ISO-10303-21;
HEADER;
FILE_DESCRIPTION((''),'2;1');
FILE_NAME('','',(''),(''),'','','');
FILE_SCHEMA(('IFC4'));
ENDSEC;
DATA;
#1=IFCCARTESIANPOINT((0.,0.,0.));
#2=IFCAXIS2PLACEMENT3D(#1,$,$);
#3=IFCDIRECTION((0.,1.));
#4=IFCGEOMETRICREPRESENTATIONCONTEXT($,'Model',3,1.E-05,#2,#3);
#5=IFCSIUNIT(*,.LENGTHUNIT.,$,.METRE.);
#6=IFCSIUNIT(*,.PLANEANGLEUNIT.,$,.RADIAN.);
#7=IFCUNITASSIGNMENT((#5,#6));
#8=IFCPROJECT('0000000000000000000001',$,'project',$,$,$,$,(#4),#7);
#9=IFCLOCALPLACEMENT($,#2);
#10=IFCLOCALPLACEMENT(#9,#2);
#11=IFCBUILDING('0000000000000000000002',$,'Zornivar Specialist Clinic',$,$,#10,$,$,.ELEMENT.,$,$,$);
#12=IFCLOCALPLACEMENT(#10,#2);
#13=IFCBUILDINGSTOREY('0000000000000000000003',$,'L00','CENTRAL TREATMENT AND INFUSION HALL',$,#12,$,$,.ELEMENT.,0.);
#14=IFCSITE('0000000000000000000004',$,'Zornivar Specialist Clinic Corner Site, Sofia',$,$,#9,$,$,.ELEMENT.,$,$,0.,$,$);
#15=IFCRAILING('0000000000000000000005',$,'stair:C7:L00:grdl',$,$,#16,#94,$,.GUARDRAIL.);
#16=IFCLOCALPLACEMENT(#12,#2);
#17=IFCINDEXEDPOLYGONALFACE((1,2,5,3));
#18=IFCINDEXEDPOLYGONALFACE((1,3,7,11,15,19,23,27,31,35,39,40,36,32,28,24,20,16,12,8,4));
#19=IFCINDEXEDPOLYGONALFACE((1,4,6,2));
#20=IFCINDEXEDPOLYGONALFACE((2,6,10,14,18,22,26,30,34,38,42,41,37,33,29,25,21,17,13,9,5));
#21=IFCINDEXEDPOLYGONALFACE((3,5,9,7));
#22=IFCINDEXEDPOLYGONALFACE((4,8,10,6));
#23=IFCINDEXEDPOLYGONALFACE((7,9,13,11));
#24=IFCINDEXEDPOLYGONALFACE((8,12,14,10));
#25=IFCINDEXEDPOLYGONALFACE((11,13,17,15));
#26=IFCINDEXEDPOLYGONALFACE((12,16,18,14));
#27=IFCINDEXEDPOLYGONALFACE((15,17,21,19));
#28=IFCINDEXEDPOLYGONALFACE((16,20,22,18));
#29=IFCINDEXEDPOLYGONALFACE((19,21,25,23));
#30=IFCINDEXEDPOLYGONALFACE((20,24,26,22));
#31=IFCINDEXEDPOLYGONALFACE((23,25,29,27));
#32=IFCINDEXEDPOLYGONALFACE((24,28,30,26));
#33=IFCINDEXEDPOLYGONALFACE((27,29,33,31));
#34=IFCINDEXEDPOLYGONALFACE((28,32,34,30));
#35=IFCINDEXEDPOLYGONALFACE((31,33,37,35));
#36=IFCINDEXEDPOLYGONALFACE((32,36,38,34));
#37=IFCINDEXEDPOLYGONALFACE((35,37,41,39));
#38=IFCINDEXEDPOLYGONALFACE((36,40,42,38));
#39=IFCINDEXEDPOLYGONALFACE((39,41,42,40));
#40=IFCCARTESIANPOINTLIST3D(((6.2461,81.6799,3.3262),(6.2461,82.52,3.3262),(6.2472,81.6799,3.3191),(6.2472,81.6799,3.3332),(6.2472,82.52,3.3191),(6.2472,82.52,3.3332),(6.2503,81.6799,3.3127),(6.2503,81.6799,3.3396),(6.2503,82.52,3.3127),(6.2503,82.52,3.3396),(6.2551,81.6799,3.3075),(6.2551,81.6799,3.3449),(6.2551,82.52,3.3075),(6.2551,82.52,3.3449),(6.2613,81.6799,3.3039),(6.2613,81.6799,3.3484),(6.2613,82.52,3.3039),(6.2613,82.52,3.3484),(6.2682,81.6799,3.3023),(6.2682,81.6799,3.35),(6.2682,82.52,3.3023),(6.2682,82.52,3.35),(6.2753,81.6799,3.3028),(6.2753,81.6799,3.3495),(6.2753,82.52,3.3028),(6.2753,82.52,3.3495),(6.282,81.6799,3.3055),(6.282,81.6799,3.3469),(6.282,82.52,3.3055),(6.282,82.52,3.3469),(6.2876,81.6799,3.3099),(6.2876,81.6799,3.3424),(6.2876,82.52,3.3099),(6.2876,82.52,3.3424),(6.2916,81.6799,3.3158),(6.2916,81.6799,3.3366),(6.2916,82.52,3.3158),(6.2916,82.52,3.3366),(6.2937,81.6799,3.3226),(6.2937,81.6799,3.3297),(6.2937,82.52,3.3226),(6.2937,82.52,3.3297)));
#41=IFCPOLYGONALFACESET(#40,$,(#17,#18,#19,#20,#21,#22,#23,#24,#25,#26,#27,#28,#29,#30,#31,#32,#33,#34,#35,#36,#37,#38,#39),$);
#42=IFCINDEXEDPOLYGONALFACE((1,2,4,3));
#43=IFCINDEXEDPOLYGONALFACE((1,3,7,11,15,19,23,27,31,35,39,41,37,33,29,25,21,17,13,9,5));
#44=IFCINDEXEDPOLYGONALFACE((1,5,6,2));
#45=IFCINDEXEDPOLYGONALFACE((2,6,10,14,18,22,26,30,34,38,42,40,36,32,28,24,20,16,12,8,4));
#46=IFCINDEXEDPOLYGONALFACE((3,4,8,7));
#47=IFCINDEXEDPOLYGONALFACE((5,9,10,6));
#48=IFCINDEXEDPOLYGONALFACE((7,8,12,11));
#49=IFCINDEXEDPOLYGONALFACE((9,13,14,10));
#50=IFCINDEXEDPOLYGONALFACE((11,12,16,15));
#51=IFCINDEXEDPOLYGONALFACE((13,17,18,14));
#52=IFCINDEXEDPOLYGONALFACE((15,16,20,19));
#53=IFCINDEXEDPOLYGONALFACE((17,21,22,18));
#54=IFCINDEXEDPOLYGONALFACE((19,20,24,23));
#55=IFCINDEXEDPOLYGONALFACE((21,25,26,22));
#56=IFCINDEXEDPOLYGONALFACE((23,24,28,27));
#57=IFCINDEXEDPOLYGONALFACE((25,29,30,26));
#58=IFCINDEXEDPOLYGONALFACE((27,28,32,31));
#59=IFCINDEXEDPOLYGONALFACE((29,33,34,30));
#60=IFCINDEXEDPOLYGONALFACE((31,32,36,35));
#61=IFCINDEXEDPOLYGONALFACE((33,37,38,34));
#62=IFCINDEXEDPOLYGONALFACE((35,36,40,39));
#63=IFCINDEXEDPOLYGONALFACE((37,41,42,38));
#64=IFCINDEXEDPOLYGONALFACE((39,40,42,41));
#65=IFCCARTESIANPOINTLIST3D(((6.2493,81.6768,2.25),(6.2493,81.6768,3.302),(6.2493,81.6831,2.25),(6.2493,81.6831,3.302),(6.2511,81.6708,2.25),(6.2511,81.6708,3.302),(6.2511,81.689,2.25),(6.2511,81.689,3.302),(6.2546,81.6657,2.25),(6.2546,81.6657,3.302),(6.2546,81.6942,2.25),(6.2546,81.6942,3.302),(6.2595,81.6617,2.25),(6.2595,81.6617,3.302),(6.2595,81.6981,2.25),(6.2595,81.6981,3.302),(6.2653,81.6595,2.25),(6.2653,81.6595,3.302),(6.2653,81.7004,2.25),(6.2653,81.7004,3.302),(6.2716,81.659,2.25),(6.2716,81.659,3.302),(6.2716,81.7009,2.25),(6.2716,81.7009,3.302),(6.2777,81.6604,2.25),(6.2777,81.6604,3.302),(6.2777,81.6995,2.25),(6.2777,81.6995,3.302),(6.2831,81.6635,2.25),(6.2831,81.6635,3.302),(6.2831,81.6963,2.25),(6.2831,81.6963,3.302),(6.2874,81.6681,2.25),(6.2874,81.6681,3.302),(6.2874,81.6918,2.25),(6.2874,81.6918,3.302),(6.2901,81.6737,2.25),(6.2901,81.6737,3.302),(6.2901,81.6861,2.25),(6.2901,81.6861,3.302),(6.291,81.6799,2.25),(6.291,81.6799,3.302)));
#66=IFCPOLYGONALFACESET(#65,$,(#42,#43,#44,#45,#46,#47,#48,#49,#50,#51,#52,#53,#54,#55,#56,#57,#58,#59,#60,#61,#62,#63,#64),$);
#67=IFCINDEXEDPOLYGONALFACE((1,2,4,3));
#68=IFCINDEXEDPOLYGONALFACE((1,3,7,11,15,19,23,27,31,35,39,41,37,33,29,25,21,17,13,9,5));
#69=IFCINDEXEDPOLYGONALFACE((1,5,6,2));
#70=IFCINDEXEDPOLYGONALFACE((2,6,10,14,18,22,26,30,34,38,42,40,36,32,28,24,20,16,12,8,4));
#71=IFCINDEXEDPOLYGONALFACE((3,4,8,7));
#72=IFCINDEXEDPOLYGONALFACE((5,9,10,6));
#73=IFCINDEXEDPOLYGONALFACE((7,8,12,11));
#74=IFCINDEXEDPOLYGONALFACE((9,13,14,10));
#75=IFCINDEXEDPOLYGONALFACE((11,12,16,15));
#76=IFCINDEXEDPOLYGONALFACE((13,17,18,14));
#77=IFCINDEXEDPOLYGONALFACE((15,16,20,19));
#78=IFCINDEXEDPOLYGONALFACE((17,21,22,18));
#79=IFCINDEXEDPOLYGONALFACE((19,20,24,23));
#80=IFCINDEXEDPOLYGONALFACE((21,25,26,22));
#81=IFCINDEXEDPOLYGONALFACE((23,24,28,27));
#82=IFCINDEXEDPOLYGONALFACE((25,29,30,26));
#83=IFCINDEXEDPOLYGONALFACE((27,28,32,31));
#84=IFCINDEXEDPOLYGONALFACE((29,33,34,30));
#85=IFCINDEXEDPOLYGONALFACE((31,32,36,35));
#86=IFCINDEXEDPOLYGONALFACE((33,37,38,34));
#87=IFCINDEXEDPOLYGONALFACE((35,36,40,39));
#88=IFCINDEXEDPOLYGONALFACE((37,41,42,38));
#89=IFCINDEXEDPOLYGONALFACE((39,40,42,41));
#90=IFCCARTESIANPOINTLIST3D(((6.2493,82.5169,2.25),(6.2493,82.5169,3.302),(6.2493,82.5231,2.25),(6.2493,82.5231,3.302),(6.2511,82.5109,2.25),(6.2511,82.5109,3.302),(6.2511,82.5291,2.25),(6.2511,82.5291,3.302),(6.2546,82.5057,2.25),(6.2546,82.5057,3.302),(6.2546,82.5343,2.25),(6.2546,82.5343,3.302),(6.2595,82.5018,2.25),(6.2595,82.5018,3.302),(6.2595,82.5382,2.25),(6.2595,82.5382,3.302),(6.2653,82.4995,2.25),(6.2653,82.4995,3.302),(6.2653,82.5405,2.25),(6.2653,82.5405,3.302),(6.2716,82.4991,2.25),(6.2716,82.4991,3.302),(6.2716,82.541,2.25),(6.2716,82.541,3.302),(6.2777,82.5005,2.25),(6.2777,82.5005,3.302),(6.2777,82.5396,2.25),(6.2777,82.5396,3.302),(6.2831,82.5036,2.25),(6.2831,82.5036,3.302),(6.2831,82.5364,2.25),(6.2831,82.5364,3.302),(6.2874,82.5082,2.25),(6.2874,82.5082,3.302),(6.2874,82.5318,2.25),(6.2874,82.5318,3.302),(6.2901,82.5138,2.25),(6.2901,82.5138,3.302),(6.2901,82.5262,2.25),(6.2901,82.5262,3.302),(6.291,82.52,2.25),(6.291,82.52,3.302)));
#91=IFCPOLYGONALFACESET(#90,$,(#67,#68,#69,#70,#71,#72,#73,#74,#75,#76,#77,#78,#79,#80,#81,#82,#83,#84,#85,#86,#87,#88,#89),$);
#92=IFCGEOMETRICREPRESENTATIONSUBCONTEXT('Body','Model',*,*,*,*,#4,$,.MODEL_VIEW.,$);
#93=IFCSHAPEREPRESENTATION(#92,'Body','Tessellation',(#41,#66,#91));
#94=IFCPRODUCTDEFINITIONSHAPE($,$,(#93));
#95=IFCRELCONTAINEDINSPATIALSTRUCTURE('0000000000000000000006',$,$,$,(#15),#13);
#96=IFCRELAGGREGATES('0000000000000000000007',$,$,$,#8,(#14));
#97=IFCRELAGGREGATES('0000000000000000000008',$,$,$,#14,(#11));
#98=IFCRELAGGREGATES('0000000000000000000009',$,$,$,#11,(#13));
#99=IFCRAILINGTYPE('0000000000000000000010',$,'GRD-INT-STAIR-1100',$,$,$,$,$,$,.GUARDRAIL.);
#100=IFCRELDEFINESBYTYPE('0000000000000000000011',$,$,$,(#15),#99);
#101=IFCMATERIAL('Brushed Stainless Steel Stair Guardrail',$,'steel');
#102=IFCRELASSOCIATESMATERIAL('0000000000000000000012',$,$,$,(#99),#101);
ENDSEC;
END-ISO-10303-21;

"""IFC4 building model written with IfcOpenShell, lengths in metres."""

from ifc_helpers import new_model, si_unit, direction, frame, origin, origin_2d, place, context, subcontext, project, spatial, circle, extrude, material, type_object, element, save


model = new_model("IFC4")

# Units and contexts
model_context = context("Model", 3, precision=1e-05, world=origin(), true_north=direction((0.0, 1.0)))
body_context = subcontext(model_context, "Body", "Model", "MODEL_VIEW")
ifc_project = project(units=[si_unit("LENGTHUNIT", "METRE"), si_unit("PLANEANGLEUNIT", "RADIAN")], contexts=[model_context])

# Site, building, storey
site_placement = place(None, origin())
site = spatial("IfcSite", under=ifc_project, at=site_placement, Name="Zornivar Specialist Clinic Corner Site, Sofia", CompositionType="ELEMENT", RefElevation=0.0)
building_placement = place(site_placement, origin())
building = spatial("IfcBuilding", under=site, at=building_placement, Name="Zornivar Specialist Clinic", CompositionType="ELEMENT")
storey_placement = place(building_placement, origin())
storey = spatial("IfcBuildingStorey", under=building, at=storey_placement, Name="L00", Description="CENTRAL TREATMENT AND INFUSION HALL", CompositionType="ELEMENT", Elevation=0.0)

# Railing
ifc_material_1 = material(Name="Brushed Stainless Steel Stair Guardrail", Category="steel")
railing_type_1 = type_object("IfcRailingType", Name="GRD-INT-STAIR-1100", PredefinedType="GUARDRAIL", material=ifc_material_1)
railing_1_placement = place(storey_placement, frame((6.27, 81.6799, 2.25)))
element("IfcRailing", 1, at=railing_1_placement, inside=storey, type_object=railing_type_1, Name="stair:C7:L00:grdl", PredefinedType="GUARDRAIL", context=body_context, shape_type="SweptSolid", body=[
    extrude(circle(Radius=0.0239, at=origin_2d()), frame((0.0, 0.0, 1.0762), z_axis=(0.0, 1.0, 0.0), x_axis=(-1.0, 0.0, 0.0)), (0.0, 0.0, 1.0), 0.8401),
    extrude(circle(Radius=0.021, at=origin_2d()), origin(), (0.0, 0.0, 1.0), 1.052),
    extrude(circle(Radius=0.021, at=origin_2d()), frame((0.0, 0.8401, 0.0)), (0.0, 0.0, 1.0), 1.052),
])

save(model, "model.ifc")
